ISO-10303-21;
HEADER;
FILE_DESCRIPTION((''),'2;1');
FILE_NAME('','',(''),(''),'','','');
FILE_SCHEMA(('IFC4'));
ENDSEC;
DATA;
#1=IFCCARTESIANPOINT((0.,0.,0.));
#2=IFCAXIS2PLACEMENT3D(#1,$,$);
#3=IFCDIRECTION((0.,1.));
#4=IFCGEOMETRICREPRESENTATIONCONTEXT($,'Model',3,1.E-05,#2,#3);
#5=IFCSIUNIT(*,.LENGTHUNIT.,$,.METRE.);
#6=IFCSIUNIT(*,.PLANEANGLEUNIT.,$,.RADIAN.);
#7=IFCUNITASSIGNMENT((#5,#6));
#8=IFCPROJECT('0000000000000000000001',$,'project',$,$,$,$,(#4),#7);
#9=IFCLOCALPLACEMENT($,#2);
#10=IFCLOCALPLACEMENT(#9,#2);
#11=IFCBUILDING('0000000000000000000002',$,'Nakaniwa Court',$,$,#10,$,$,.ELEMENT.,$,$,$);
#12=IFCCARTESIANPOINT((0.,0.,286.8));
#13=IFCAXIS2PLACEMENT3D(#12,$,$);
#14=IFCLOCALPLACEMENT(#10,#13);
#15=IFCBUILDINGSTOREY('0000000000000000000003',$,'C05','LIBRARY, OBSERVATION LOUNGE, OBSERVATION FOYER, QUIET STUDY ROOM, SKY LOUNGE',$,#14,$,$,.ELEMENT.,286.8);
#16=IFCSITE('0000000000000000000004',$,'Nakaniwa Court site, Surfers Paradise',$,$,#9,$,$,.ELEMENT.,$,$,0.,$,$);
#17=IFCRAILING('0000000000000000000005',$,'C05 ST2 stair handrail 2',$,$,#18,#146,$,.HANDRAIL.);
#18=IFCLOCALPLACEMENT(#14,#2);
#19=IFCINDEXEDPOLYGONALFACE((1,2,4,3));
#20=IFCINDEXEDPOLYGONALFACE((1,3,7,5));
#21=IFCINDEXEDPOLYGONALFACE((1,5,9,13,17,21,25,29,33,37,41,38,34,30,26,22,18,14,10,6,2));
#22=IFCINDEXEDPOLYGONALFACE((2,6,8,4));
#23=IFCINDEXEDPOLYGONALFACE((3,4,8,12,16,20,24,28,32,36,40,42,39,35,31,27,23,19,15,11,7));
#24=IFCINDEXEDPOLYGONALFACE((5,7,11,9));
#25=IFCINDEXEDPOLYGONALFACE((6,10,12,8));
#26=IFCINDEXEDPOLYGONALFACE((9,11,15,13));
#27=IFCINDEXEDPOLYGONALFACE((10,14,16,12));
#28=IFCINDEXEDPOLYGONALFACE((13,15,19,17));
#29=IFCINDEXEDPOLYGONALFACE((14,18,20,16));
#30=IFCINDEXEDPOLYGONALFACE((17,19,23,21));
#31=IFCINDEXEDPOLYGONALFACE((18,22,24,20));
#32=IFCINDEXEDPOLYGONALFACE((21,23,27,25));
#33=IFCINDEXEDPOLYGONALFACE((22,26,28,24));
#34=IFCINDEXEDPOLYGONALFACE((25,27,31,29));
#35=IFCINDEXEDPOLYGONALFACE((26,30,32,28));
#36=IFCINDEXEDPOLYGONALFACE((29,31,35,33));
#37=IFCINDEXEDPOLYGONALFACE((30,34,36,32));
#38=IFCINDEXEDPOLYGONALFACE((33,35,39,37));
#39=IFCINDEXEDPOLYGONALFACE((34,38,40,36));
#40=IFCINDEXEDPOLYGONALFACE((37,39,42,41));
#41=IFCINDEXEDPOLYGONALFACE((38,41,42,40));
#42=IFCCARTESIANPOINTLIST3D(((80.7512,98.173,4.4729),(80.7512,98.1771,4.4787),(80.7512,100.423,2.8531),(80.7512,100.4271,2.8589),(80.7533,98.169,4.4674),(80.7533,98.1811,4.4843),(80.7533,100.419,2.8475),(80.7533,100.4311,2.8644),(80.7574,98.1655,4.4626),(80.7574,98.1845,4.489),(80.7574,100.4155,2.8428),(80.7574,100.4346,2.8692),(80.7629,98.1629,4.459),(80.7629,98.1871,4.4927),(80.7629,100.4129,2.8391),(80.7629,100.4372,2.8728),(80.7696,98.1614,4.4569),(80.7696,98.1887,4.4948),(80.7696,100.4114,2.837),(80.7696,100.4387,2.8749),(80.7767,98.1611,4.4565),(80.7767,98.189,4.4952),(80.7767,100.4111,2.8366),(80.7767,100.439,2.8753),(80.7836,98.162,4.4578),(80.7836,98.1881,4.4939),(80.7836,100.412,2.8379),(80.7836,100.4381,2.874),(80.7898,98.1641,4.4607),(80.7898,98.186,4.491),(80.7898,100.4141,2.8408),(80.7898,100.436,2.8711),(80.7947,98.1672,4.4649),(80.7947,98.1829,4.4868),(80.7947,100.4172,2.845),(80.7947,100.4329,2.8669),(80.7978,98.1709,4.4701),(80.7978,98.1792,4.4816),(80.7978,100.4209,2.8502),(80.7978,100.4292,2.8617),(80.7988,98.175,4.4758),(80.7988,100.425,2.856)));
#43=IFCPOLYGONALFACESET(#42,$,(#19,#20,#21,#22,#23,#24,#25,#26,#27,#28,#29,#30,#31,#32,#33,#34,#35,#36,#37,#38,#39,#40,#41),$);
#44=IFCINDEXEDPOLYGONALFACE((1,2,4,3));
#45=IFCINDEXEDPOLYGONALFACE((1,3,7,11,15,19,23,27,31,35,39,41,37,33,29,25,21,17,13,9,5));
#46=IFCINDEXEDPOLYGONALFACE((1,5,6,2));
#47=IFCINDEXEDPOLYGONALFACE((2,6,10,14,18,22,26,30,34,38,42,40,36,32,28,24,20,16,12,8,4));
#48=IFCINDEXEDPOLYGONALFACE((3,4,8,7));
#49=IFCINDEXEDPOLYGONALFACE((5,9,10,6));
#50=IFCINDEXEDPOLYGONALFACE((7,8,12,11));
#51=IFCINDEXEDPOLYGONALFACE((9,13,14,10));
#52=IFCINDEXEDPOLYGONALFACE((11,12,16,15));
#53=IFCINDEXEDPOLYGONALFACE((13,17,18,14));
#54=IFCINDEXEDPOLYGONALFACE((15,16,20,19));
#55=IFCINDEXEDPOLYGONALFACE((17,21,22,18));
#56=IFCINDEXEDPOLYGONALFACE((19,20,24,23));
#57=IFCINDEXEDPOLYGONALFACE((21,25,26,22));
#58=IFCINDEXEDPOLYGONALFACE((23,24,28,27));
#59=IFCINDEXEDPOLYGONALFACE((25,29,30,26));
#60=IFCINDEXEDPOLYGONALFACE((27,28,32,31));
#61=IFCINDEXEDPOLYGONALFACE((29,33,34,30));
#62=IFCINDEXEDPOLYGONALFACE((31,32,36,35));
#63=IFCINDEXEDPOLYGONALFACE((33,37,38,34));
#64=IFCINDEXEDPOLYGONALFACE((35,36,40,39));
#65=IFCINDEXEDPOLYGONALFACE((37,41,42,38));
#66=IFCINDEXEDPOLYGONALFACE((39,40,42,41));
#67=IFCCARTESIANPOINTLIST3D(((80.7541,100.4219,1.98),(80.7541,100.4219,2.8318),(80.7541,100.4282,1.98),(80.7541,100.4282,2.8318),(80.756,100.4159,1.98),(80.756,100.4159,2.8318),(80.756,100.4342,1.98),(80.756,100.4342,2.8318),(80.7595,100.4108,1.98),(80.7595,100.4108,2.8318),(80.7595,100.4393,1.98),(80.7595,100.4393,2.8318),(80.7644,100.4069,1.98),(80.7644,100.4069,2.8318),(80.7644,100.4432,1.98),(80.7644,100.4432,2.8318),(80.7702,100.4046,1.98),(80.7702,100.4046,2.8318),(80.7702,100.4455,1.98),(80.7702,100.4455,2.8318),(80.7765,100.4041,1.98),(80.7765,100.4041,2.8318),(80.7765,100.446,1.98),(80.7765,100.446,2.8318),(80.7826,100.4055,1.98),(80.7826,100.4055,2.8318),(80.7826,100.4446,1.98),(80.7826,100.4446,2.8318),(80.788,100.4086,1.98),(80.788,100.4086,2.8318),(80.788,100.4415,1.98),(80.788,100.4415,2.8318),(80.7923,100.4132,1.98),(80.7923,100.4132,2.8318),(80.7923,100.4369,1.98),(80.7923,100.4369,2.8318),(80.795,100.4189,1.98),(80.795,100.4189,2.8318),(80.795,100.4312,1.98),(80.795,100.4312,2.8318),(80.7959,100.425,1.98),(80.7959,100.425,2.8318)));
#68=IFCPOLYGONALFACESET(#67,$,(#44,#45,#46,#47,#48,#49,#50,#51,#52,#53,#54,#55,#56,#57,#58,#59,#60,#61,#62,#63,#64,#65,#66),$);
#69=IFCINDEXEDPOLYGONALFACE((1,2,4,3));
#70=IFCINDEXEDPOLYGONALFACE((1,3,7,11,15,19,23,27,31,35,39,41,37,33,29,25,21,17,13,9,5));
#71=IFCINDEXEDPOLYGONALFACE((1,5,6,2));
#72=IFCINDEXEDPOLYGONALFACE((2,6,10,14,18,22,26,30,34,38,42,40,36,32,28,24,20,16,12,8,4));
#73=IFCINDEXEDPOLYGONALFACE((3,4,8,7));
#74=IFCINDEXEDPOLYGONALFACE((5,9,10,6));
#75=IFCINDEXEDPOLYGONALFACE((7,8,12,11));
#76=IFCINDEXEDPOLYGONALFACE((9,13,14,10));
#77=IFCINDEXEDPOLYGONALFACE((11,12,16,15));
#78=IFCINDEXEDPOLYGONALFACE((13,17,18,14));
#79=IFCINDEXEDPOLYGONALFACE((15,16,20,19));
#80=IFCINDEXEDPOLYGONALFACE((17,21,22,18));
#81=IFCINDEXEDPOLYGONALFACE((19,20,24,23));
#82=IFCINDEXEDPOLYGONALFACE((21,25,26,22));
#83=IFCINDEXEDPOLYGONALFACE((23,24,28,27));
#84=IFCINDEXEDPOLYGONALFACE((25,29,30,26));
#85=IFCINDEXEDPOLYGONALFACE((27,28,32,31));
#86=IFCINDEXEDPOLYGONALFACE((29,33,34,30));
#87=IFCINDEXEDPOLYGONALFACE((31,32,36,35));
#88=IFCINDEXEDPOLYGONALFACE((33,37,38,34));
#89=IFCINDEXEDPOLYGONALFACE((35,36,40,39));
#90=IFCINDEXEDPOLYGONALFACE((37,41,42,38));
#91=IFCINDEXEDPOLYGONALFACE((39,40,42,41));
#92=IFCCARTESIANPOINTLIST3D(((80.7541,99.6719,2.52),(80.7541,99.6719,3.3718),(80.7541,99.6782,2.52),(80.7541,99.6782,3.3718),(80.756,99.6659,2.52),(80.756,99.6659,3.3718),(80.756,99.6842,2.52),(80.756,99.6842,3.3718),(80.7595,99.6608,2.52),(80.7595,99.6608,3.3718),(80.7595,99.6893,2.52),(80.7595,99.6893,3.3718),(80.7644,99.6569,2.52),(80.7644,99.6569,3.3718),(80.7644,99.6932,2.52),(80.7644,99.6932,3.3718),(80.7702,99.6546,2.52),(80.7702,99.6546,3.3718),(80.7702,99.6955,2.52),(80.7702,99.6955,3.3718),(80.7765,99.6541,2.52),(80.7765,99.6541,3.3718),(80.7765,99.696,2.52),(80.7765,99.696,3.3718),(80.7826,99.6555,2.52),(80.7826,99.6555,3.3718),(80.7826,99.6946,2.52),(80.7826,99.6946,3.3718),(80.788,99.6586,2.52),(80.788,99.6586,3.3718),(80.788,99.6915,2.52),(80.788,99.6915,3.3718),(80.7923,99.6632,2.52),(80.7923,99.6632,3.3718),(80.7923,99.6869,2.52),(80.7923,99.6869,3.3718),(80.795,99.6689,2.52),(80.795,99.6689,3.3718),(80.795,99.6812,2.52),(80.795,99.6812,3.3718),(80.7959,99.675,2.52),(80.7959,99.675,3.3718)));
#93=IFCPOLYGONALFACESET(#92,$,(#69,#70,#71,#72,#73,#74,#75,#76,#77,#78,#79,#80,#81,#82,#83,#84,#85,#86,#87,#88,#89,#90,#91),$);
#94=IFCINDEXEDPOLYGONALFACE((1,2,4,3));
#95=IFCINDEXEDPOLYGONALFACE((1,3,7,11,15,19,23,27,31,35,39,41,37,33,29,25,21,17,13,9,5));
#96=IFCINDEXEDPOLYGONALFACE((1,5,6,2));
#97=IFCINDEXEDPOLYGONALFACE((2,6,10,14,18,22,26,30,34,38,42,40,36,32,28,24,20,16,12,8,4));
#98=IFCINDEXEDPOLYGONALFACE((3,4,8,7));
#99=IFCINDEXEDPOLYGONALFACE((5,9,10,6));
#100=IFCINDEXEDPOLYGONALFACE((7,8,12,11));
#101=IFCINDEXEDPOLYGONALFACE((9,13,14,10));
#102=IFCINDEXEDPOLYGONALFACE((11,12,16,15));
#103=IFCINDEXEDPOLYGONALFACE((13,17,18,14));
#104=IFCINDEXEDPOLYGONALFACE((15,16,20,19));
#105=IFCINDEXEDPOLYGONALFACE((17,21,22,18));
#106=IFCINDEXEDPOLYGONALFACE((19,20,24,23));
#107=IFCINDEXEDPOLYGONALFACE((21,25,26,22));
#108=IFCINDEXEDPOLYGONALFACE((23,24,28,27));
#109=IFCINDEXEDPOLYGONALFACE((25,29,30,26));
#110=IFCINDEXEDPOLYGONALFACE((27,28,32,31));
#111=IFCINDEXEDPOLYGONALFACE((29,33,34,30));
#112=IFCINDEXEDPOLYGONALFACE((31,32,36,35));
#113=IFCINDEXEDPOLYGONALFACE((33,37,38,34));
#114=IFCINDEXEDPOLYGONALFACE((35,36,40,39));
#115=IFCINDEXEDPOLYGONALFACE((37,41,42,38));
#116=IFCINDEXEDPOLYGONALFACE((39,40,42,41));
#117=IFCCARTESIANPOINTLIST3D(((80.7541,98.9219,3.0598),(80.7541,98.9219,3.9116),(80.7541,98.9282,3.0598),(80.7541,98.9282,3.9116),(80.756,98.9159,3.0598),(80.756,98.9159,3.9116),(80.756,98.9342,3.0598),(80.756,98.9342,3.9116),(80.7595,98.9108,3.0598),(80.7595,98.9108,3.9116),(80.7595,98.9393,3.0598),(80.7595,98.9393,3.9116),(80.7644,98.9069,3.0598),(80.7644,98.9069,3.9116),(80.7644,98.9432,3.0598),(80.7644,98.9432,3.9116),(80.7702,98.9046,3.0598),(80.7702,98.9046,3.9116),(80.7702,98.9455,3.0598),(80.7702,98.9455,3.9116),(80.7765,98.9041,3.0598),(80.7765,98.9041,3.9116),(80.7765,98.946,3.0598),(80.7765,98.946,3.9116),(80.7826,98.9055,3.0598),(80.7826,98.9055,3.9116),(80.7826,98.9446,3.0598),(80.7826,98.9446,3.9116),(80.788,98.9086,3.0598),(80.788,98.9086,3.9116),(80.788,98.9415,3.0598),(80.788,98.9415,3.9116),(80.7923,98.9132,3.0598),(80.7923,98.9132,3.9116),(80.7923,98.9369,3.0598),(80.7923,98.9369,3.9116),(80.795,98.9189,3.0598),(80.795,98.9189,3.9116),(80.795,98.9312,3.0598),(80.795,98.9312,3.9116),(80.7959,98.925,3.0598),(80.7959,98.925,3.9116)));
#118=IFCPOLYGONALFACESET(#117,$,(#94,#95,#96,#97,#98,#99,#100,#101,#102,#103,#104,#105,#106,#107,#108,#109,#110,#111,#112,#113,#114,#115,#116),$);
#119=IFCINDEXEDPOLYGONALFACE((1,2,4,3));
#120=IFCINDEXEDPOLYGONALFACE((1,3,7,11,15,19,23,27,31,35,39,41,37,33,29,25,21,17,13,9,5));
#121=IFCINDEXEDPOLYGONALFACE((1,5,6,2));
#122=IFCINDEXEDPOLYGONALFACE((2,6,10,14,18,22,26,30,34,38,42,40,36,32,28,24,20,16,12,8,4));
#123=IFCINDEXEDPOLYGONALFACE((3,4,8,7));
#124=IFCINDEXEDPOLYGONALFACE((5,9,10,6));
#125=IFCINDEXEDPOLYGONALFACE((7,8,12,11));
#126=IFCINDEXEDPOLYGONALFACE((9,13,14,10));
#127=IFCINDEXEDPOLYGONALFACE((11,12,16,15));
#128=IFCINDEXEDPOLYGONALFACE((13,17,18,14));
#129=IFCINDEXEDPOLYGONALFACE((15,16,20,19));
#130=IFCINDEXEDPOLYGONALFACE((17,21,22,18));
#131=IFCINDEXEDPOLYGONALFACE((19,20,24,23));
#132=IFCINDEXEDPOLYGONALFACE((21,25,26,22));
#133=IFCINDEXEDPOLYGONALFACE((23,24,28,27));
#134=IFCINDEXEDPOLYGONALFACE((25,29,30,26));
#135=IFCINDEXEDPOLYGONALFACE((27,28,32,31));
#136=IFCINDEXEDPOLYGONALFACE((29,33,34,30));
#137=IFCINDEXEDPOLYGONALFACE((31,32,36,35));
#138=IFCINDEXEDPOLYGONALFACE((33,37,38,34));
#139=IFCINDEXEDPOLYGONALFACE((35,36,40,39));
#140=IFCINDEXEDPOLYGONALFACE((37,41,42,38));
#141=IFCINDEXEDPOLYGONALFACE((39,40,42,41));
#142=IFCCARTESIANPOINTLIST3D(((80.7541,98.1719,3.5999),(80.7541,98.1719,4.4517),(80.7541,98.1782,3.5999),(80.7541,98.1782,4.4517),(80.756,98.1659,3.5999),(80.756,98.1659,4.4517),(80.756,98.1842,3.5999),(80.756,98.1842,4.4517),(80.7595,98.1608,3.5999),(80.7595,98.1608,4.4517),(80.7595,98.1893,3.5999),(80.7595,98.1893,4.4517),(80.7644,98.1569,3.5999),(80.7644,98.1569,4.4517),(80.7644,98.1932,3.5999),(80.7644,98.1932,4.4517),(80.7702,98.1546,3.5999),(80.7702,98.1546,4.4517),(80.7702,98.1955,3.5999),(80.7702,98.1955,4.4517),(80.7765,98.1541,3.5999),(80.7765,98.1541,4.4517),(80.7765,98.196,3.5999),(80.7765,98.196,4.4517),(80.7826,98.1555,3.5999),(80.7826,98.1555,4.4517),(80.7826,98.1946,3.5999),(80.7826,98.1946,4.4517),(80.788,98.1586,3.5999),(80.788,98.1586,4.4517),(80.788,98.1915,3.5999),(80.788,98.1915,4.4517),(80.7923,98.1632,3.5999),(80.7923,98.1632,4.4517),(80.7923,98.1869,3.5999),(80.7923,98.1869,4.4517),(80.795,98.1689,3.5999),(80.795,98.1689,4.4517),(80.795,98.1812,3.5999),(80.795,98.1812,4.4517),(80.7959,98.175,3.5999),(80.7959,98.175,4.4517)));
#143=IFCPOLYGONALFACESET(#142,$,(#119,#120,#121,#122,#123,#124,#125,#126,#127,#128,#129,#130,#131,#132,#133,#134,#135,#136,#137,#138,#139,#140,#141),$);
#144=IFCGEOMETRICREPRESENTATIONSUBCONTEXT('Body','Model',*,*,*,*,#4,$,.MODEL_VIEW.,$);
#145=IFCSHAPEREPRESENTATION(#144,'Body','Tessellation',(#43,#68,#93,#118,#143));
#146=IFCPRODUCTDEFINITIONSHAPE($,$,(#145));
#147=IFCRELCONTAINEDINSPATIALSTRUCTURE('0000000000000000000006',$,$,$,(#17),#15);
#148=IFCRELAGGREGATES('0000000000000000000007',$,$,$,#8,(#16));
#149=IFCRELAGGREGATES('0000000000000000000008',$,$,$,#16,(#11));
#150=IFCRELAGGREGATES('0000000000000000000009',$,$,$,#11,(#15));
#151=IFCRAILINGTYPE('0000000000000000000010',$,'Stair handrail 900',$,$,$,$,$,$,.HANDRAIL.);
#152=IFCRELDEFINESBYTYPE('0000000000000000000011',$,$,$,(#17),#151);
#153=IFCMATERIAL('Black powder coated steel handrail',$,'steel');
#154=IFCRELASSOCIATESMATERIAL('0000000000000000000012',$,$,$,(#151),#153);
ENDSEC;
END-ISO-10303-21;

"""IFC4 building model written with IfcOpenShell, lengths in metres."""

from ifc_helpers import new_model, si_unit, direction, frame, origin, origin_2d, place, context, subcontext, project, spatial, circle, extrude, material, type_object, element, save


model = new_model("IFC4")

# Units and contexts
model_context = context("Model", 3, precision=1e-05, world=origin(), true_north=direction((0.0, 1.0)))
body_context = subcontext(model_context, "Body", "Model", "MODEL_VIEW")
ifc_project = project(units=[si_unit("LENGTHUNIT", "METRE"), si_unit("PLANEANGLEUNIT", "RADIAN")], contexts=[model_context])

# Site, building, storey
site_placement = place(None, origin())
site = spatial("IfcSite", under=ifc_project, at=site_placement, Name="Nakaniwa Court site, Surfers Paradise", CompositionType="ELEMENT", RefElevation=0.0)
building_placement = place(site_placement, origin())
building = spatial("IfcBuilding", under=site, at=building_placement, Name="Nakaniwa Court", CompositionType="ELEMENT")
storey_placement = place(building_placement, frame((0.0, 0.0, 286.8)))
storey = spatial("IfcBuildingStorey", under=building, at=storey_placement, Name="C05", Description="LIBRARY, OBSERVATION LOUNGE, OBSERVATION FOYER, QUIET STUDY ROOM, SKY LOUNGE", CompositionType="ELEMENT", Elevation=286.8)

# Railing
ifc_material_1 = material(Name="Black powder coated steel handrail", Category="steel")
railing_type_1 = type_object("IfcRailingType", Name="Stair handrail 900", PredefinedType="HANDRAIL", material=ifc_material_1)
for number, where, name in (
    (1, (80.7749, 100.425, 1.98), "C05 ST2 stair handrail 2"),
):
    element("IfcRailing", number, at=place(storey_placement, frame(where)), inside=storey, type_object=railing_type_1, Name=name, PredefinedType="HANDRAIL", context=body_context, shape_type="SweptSolid", body=[
        extrude(circle(Radius=0.0239, at=origin_2d()), frame((0.0, 0.0, 0.876), z_axis=(0.0, -0.811556, 0.584275), x_axis=(1.0, 0.0, 0.0)), (0.0, 0.0, 1.0), 2.7725),
        extrude(circle(Radius=0.021, at=origin_2d()), origin(), (0.0, 0.0, 1.0), 0.8518),
        extrude(circle(Radius=0.021, at=origin_2d()), frame((0.0, -0.75, 0.54)), (0.0, 0.0, 1.0), 0.8518),
        extrude(circle(Radius=0.021, at=origin_2d()), frame((0.0, -1.5, 1.0798)), (0.0, 0.0, 1.0), 0.8518),
        extrude(circle(Radius=0.021, at=origin_2d()), frame((0.0, -2.25, 1.6199)), (0.0, 0.0, 1.0), 0.8518),
    ])

save(model, "model.ifc")
